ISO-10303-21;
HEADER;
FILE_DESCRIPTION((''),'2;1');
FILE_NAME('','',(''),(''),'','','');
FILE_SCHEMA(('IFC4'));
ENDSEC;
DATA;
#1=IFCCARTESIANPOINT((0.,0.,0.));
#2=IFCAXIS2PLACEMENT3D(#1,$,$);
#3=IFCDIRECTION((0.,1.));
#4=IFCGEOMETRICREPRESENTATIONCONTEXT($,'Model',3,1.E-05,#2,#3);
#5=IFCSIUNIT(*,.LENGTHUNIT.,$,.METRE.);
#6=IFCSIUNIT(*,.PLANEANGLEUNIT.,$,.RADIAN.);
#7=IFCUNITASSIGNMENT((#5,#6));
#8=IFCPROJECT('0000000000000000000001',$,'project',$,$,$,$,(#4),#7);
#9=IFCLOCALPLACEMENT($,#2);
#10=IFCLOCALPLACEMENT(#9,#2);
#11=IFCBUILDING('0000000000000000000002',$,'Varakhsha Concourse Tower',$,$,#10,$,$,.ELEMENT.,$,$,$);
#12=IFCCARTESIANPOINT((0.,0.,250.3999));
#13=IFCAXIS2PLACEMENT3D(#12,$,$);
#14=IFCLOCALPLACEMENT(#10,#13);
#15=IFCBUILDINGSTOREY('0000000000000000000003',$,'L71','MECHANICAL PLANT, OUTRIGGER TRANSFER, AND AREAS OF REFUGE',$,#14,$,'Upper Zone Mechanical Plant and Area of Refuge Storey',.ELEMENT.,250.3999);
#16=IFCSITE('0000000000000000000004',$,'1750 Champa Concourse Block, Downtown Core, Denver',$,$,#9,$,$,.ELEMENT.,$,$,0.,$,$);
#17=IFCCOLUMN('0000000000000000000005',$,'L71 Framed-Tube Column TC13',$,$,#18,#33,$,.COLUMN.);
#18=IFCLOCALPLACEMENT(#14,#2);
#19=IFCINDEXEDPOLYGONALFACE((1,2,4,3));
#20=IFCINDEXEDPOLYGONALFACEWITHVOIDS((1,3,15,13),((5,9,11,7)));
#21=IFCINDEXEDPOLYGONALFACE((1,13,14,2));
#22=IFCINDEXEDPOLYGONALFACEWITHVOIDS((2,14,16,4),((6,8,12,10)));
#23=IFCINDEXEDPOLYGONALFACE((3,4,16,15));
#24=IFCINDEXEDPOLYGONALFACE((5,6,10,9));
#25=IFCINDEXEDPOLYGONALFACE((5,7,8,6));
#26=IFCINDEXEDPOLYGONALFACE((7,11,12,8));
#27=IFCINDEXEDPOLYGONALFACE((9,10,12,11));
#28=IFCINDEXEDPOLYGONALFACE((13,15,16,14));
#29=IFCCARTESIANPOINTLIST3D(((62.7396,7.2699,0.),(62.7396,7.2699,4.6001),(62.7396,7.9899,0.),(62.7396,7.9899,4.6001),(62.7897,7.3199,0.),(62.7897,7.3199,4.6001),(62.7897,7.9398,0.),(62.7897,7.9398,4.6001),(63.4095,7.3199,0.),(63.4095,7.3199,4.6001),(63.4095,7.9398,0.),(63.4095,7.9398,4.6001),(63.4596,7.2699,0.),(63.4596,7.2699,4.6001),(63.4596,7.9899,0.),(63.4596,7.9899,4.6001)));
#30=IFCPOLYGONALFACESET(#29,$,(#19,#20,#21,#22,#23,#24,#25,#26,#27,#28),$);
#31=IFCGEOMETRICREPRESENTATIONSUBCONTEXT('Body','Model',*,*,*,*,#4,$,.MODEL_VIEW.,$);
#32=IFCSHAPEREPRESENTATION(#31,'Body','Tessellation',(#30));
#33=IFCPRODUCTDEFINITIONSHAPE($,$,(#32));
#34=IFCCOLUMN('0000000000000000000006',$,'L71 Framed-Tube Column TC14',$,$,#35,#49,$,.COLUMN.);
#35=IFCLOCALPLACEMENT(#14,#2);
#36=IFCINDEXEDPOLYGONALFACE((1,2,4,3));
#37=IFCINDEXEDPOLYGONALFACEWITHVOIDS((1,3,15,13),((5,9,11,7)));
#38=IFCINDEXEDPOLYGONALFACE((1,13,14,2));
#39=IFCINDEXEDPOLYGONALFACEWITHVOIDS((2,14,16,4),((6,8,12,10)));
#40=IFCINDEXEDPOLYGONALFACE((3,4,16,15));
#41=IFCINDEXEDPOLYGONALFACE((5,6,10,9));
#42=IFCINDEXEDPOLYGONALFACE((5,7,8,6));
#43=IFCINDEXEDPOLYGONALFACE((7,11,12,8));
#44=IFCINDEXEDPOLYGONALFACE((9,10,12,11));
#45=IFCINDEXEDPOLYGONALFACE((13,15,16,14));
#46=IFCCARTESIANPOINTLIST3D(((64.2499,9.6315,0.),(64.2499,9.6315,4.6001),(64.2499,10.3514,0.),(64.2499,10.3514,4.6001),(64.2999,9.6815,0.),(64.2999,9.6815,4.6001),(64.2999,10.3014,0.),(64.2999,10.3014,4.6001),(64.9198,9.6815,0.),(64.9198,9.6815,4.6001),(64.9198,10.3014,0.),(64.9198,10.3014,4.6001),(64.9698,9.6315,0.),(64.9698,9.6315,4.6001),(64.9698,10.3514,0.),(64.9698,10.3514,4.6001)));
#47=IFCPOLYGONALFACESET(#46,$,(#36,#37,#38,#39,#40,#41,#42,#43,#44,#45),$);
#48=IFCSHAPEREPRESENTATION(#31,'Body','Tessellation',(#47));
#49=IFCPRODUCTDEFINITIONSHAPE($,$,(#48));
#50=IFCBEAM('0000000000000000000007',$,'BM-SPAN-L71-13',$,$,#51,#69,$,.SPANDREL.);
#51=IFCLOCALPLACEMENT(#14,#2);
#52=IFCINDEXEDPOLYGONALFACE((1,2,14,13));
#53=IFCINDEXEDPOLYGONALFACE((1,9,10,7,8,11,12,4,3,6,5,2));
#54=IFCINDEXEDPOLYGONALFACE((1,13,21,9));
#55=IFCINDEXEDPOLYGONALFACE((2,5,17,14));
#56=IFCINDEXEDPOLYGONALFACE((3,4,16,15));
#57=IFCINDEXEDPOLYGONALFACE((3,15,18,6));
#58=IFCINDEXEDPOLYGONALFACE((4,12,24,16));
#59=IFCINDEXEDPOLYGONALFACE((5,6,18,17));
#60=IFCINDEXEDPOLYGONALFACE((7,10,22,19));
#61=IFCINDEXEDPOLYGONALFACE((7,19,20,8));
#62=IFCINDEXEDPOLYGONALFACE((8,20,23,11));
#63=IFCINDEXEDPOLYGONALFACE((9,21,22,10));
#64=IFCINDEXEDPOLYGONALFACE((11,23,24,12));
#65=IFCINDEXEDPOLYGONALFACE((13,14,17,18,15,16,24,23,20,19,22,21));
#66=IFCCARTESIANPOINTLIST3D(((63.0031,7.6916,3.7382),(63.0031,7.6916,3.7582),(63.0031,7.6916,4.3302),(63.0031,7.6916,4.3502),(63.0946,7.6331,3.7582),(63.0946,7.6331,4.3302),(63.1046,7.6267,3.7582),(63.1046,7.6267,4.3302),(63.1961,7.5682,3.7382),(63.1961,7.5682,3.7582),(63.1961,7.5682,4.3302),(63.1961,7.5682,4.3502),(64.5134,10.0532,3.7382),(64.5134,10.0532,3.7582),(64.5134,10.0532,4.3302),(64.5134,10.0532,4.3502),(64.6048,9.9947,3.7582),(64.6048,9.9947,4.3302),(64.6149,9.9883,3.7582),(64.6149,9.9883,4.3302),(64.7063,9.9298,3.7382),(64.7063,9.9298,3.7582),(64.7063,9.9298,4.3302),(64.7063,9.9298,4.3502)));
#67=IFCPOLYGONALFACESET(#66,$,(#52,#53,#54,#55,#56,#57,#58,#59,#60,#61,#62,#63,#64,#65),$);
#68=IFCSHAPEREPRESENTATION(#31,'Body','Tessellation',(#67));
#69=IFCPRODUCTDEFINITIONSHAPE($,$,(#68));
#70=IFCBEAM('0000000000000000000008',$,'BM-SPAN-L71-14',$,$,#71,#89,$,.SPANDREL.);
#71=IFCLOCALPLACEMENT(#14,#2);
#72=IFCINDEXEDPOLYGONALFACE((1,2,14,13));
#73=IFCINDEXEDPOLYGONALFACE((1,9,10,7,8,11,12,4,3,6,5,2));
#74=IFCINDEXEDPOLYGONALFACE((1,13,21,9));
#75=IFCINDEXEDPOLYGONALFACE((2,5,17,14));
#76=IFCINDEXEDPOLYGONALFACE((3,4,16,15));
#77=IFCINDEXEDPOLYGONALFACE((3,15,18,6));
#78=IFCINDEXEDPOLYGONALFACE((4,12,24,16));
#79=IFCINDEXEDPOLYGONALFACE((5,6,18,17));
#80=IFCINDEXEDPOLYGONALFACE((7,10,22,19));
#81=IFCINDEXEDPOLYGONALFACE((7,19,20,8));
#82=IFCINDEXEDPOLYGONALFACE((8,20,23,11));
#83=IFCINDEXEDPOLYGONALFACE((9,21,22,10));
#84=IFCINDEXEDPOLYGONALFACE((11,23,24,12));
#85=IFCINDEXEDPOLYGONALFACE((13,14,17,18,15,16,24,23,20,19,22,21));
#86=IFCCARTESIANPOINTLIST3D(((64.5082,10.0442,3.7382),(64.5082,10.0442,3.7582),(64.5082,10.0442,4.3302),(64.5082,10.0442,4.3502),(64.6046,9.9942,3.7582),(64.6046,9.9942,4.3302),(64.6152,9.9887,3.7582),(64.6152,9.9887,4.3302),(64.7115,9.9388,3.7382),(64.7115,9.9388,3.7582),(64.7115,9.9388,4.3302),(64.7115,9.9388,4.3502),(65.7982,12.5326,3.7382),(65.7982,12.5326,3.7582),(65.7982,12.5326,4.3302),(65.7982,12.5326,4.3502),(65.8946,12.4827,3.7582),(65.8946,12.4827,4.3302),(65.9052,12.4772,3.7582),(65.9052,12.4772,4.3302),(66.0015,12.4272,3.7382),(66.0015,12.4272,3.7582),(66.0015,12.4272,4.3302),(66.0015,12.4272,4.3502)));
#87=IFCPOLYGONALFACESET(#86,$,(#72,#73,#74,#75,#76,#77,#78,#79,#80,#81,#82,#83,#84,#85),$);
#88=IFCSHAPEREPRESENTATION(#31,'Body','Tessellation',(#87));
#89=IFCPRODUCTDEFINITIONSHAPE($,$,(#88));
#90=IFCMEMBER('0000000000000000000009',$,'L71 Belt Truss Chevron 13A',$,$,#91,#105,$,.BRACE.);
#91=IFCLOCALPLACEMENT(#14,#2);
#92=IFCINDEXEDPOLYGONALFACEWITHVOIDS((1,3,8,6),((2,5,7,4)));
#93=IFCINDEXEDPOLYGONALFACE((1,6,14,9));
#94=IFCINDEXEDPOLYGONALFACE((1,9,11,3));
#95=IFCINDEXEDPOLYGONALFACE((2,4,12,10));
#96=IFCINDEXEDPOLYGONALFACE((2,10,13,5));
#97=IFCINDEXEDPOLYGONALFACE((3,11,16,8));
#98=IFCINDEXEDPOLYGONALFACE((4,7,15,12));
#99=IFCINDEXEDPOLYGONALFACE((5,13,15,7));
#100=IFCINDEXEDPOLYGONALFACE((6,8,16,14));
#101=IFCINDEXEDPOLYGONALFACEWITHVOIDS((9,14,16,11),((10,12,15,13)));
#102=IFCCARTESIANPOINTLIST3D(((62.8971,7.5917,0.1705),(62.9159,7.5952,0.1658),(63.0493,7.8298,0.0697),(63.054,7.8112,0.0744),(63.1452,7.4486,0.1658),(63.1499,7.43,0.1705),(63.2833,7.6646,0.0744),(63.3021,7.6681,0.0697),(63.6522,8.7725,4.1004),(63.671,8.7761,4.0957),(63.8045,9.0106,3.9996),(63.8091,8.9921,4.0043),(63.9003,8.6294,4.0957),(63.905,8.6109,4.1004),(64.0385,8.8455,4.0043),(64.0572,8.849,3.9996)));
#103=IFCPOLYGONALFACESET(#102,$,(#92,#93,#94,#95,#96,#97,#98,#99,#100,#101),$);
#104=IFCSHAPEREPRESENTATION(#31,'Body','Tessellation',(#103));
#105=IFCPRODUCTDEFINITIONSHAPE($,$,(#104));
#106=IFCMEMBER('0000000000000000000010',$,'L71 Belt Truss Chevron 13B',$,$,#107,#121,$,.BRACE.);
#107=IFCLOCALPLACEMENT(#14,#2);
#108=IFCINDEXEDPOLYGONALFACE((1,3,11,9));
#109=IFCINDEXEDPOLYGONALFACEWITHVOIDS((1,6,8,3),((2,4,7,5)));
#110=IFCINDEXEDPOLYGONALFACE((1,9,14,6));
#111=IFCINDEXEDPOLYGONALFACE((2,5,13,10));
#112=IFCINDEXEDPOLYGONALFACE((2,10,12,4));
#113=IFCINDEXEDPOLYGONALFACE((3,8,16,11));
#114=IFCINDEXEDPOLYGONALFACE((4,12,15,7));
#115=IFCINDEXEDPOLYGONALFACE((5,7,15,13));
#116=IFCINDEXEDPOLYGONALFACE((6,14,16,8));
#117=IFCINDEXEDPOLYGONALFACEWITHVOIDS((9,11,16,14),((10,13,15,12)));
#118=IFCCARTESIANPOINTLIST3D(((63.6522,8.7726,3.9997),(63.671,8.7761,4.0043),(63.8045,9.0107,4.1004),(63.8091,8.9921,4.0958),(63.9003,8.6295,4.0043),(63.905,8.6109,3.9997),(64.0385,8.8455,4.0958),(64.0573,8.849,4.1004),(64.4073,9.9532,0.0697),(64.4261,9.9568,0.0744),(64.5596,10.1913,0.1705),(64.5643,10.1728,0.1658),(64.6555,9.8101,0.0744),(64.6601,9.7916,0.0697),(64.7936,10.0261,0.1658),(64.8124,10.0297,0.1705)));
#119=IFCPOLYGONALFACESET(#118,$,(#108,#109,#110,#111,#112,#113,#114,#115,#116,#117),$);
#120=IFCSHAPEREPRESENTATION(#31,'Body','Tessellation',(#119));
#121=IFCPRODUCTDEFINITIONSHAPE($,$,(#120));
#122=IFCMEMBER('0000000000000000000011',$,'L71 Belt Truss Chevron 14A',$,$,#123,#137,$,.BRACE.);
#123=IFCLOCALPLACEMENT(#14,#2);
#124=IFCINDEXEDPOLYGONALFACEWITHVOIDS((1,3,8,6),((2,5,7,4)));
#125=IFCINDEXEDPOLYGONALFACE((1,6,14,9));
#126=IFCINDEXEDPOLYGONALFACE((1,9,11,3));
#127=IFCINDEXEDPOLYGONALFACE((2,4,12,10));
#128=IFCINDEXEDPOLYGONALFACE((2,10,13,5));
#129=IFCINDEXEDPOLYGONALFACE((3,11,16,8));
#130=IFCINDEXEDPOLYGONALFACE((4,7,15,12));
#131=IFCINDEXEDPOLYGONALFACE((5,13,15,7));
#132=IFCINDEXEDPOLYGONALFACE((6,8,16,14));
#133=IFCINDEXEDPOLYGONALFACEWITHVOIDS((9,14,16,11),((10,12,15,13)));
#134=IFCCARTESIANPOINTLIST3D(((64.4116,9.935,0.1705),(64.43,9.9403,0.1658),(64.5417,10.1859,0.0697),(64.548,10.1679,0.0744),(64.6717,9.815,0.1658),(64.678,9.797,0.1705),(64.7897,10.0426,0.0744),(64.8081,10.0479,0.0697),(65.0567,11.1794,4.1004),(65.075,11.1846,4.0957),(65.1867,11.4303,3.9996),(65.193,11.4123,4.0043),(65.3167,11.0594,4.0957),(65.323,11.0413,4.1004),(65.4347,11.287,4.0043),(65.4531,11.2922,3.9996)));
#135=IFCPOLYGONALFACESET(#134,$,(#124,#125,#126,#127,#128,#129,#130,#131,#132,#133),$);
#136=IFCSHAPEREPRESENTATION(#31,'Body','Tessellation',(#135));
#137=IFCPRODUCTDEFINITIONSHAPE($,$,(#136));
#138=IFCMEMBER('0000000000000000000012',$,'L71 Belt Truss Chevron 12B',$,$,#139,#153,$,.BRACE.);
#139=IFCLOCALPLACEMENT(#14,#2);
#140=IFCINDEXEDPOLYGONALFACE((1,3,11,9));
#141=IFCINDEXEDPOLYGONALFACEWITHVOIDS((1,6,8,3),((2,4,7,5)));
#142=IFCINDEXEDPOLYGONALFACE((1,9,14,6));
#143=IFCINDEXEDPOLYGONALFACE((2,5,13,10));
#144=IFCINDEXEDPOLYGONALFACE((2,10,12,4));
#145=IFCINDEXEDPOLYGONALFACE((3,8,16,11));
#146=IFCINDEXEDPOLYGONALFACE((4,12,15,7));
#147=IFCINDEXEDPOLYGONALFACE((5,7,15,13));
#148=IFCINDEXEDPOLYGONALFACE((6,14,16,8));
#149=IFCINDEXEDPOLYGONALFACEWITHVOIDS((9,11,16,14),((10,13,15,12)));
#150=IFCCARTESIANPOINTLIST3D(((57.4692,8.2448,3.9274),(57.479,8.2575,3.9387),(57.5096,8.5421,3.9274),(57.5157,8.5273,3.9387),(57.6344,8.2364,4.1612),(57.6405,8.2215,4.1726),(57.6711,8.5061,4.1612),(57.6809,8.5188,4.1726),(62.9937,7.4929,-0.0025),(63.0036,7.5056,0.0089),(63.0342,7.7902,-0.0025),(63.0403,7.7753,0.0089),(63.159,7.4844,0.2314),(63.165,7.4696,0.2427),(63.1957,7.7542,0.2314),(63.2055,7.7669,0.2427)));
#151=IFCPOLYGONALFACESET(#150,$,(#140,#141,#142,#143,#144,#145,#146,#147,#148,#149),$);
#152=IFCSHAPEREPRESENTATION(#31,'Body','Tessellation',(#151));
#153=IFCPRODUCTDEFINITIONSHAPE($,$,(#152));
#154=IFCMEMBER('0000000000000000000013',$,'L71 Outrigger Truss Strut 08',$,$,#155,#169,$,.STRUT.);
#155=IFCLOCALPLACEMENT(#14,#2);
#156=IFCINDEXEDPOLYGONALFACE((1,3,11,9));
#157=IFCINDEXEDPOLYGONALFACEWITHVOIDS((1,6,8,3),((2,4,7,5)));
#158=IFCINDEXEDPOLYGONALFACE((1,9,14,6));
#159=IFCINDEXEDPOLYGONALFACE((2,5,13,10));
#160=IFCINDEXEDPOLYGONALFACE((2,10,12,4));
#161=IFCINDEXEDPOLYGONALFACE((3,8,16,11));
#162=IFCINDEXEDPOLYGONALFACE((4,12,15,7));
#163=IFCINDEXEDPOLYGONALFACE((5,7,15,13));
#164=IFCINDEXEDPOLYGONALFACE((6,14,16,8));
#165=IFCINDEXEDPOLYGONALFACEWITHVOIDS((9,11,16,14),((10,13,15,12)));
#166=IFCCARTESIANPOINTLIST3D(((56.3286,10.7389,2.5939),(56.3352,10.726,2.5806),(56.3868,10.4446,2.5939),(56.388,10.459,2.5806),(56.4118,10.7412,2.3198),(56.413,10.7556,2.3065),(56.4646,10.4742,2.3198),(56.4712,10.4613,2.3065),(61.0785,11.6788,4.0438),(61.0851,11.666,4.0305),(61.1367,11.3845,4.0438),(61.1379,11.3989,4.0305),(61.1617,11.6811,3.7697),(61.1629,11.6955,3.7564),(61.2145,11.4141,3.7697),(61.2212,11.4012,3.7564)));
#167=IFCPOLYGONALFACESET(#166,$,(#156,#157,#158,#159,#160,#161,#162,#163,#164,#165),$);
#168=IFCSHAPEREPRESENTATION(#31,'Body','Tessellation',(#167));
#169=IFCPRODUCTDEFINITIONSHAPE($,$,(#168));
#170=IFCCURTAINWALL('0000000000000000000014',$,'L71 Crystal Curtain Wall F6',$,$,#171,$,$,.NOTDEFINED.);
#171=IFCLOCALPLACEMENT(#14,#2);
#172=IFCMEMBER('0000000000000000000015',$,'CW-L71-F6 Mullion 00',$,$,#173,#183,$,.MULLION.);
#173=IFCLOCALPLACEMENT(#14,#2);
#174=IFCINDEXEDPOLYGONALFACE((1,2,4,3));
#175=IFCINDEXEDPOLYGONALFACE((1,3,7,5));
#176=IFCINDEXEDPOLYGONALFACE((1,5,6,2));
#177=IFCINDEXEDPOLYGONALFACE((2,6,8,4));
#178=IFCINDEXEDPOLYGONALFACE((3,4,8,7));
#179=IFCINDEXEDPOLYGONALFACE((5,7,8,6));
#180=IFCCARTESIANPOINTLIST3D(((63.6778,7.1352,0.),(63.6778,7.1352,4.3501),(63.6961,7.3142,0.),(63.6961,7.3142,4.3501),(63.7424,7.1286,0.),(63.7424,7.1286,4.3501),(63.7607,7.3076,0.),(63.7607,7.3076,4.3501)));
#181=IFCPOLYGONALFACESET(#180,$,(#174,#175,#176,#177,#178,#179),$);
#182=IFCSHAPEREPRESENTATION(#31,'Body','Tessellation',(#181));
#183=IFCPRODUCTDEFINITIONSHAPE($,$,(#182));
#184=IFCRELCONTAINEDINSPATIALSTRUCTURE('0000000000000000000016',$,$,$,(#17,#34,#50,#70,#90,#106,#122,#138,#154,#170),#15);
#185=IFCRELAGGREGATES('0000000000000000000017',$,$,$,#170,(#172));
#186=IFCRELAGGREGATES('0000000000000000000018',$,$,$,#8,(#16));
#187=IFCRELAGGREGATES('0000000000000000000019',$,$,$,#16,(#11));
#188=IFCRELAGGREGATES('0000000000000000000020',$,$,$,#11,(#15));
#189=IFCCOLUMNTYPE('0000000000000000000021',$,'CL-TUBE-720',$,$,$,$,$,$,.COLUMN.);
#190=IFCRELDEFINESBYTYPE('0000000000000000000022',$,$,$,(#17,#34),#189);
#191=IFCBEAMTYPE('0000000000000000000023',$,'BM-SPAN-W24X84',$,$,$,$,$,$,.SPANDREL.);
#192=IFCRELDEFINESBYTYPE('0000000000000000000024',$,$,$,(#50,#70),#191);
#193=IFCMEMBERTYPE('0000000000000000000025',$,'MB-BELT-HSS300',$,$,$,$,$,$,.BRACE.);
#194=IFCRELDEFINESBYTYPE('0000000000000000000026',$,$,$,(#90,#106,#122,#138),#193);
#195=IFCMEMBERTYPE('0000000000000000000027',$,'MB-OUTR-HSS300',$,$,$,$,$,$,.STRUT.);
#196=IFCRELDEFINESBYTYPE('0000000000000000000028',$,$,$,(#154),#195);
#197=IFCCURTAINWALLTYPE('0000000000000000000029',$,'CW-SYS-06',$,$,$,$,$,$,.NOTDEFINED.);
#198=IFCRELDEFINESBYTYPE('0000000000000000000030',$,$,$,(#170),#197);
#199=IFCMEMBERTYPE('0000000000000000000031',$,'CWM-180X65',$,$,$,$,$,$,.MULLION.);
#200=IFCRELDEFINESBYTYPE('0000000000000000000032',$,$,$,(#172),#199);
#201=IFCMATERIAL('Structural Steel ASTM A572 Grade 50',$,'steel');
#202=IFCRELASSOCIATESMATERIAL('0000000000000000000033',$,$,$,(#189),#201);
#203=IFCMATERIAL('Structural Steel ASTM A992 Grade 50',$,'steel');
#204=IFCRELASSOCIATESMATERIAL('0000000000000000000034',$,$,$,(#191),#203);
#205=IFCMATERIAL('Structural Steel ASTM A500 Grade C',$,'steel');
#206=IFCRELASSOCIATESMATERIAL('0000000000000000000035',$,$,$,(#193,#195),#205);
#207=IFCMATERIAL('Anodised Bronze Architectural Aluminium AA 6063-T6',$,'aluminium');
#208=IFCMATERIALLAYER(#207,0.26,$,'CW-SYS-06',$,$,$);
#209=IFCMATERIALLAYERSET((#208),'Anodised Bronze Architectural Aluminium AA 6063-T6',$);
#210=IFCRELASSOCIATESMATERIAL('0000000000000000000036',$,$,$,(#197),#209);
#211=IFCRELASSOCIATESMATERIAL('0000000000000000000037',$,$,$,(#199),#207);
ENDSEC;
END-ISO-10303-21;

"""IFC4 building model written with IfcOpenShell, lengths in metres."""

from ifc_helpers import new_model, si_unit, direction, frame, origin, origin_2d, place, context, subcontext, project, spatial, rectangle, hollow_rectangle, i_section, extrude, source, transform, mapped, material, layer, layer_set, material_profile, profile_set, type_object, type_shapes, element, aggregate, save


model = new_model("IFC4")

# Units and contexts
model_context = context("Model", 3, precision=1e-05, world=origin(), true_north=direction((0.0, 1.0)))
body_context = subcontext(model_context, "Body", "Model", "MODEL_VIEW")
ifc_project = project(units=[si_unit("LENGTHUNIT", "METRE"), si_unit("PLANEANGLEUNIT", "RADIAN")], contexts=[model_context])

# Site, building, storey
site_placement = place(None, origin())
site = spatial("IfcSite", under=ifc_project, at=site_placement, Name="1750 Champa Concourse Block, Downtown Core, Denver", CompositionType="ELEMENT", RefElevation=0.0)
building_placement = place(site_placement, origin())
building = spatial("IfcBuilding", under=site, at=building_placement, Name="Varakhsha Concourse Tower", CompositionType="ELEMENT")
storey_placement = place(building_placement, frame((0.0, 0.0, 250.3999)))
storey = spatial("IfcBuildingStorey", under=building, at=storey_placement, Name="L71", Description="MECHANICAL PLANT, OUTRIGGER TRANSFER, AND AREAS OF REFUGE", LongName="Upper Zone Mechanical Plant and Area of Refuge Storey", CompositionType="ELEMENT", Elevation=250.3999)

# Columns
ifc_material_1 = material(Name="Structural Steel ASTM A572 Grade 50", Category="steel")
ifc_material_profile_1 = material_profile(ifc_material_1, hollow_rectangle(XDim=0.72, YDim=0.72, WallThickness=0.05, at=origin_2d()), Name="BOX 720x720x50")
ifc_profile_set_1 = profile_set([ifc_material_profile_1], Name="Structural Steel ASTM A572 Grade 50")
column_type = type_object("IfcColumnType", Name="CL-TUBE-720", PredefinedType="COLUMN", material=ifc_profile_set_1)
for number, where, z_axis, x_axis, name in (
    (1, (63.0996, 7.6299, 0.0), (0.0, 0.0, 1.0), (1.0, 0.0, 0.0), "L71 Framed-Tube Column TC13"),
    (2, (64.6099, 9.9915, 0.0), (0.0, 0.0, 1.0), (1.0, 0.0, 0.0), "L71 Framed-Tube Column TC14"),
):
    element("IfcColumn", number, at=place(storey_placement, frame(where, z_axis=z_axis, x_axis=x_axis)), inside=storey, type_object=column_type, Name=name, PredefinedType="COLUMN", context=body_context, shape_type="SweptSolid", body=[
        extrude(hollow_rectangle(XDim=0.72, YDim=0.72, WallThickness=0.05, at=origin_2d()), origin(), (0.0, 0.0, 1.0), 4.6001),
    ])

# Beams
ifc_material_2 = material(Name="Structural Steel ASTM A992 Grade 50", Category="steel")
ifc_material_profile_2 = material_profile(ifc_material_2, i_section(OverallWidth=0.229, OverallDepth=0.6121, WebThickness=0.012, FlangeThickness=0.02, at=origin_2d()), Name="W24X84")
ifc_profile_set_2 = profile_set([ifc_material_profile_2], Name="Structural Steel ASTM A992 Grade 50")
beam_type = type_object("IfcBeamType", Name="BM-SPAN-W24X84", PredefinedType="SPANDREL", material=ifc_profile_set_2)
beam_1_placement = place(storey_placement, frame((63.0996, 7.6299, 4.0442), z_axis=(0.538762, 0.842458, 0.0), x_axis=(-0.842458, 0.538762, 0.0)))
element("IfcBeam", 3, at=beam_1_placement, inside=storey, type_object=beam_type, Name="BM-SPAN-L71-13", PredefinedType="SPANDREL", context=body_context, shape_type="SweptSolid", body=[
    extrude(i_section(OverallWidth=0.229, OverallDepth=0.6121, WebThickness=0.012, FlangeThickness=0.02, at=origin_2d()), origin(), (0.0, 0.0, 1.0), 2.8032),
])
beam_2_placement = place(storey_placement, frame((64.6099, 9.9915, 4.0442), z_axis=(0.460231, 0.887799, 0.0), x_axis=(-0.887799, 0.460231, 0.0)))
element("IfcBeam", 4, at=beam_2_placement, inside=storey, type_object=beam_type, Name="BM-SPAN-L71-14", PredefinedType="SPANDREL", context=body_context, shape_type="SweptSolid", body=[
    extrude(i_section(OverallWidth=0.229, OverallDepth=0.6121, WebThickness=0.012, FlangeThickness=0.02, at=origin_2d()), origin(), (0.0, 0.0, 1.0), 2.803),
])

# Members
ifc_material_3 = material(Name="Structural Steel ASTM A500 Grade C", Category="steel")
ifc_material_profile_3 = material_profile(ifc_material_3, hollow_rectangle(XDim=0.3, YDim=0.3, WallThickness=0.0139, at=origin_2d()), Name="HSS 300x300x14")
ifc_profile_set_3 = profile_set([ifc_material_profile_3], Name="Structural Steel ASTM A500 Grade C")
member_type_1 = type_object("IfcMemberType", Name="MB-BELT-HSS300", PredefinedType="BRACE", material=ifc_profile_set_3)
shared_shape_1 = source(origin(), body_context, "Body", "SweptSolid", [
    extrude(hollow_rectangle(XDim=0.3, YDim=0.3, WallThickness=0.0139, at=origin_2d()), origin(), (0.0, 0.0, 1.0), 4.1724),
])
for number, where, z_axis, x_axis, name in (
    (5, (63.0996, 7.6299, 0.1201), (0.18098, 0.283027, 0.941882), (-0.842483, 0.538723, 0.0), "L71 Belt Truss Chevron 13A"),
    (6, (64.6099, 9.9915, 0.1201), (-0.180983, -0.282973, 0.941898), (0.842433, -0.538802, 0.0), "L71 Belt Truss Chevron 13B"),
    (7, (64.6099, 9.9915, 0.1201), (0.154592, 0.298242, 0.941888), (-0.887818, 0.460195, 0.0), "L71 Belt Truss Chevron 14A"),
):
    element("IfcMember", number, at=place(storey_placement, frame(where, z_axis=z_axis, x_axis=x_axis)), inside=storey, type_object=member_type_1, Name=name, PredefinedType="BRACE", context=body_context, shape_type="MappedRepresentation", body=[
        mapped(shared_shape_1, transform((0.0, 0.0, 0.0), scale=1.0)),
    ])
shared_shape_2 = source(origin(), body_context, "Body", "SweptSolid", [
    extrude(hollow_rectangle(XDim=0.3, YDim=0.3, WallThickness=0.0139, at=origin_2d()), origin(), (0.0, 0.0, 1.0), 6.8213),
])
type_shapes(member_type_1, [shared_shape_1, shared_shape_2])
member_1_placement = place(storey_placement, frame((63.0996, 7.6299, 0.1201), z_axis=(-0.8099, 0.110234, 0.576117), x_axis=(-0.134865, -0.990864, 0.0)))
element("IfcMember", 8, at=member_1_placement, inside=storey, type_object=member_type_1, Name="L71 Belt Truss Chevron 12B", PredefinedType="BRACE", context=body_context, shape_type="MappedRepresentation", body=[
    mapped(shared_shape_2, transform((0.0, 0.0, 0.0), scale=1.0)),
])
ifc_material_profile_4 = material_profile(ifc_material_3, hollow_rectangle(XDim=0.3, YDim=0.3, WallThickness=0.0139, at=origin_2d()), Name="HSS 300x300x14")
ifc_profile_set_4 = profile_set([ifc_material_profile_4], Name="Structural Steel ASTM A500 Grade C")
member_type_2 = type_object("IfcMemberType", Name="MB-OUTR-HSS300", PredefinedType="STRUT", material=ifc_profile_set_4)
shared_shape_3 = source(origin(), body_context, "Body", "SweptSolid", [
    extrude(hollow_rectangle(XDim=0.3, YDim=0.3, WallThickness=0.0139, at=origin_2d()), origin(), (0.0, 0.0, 1.0), 5.0544),
])
type_shapes(member_type_2, [shared_shape_3])
member_2_placement = place(storey_placement, frame((56.3999, 10.6001, 2.4502), z_axis=(0.93975, 0.18596, 0.286861), x_axis=(-0.194118, 0.980978, 0.0)))
element("IfcMember", 9, at=member_2_placement, inside=storey, type_object=member_type_2, Name="L71 Outrigger Truss Strut 08", PredefinedType="STRUT", context=body_context, shape_type="MappedRepresentation", body=[
    mapped(shared_shape_3, transform((0.0, 0.0, 0.0), scale=1.0)),
])

# Curtain wall, member
ifc_material_4 = material(Name="Anodised Bronze Architectural Aluminium AA 6063-T6", Category="aluminium")
ifc_layer_1 = layer(ifc_material_4, 0.26, Name="CW-SYS-06")
ifc_layer_set_1 = layer_set([ifc_layer_1], Name="Anodised Bronze Architectural Aluminium AA 6063-T6")
curtain_wall_type = type_object("IfcCurtainWallType", Name="CW-SYS-06", PredefinedType="NOTDEFINED", material=ifc_layer_set_1)
curtain_wall_1_placement = place(storey_placement, origin())
curtain_wall_1 = element("IfcCurtainWall", 10, at=curtain_wall_1_placement, inside=storey, type_object=curtain_wall_type, Name="L71 Crystal Curtain Wall F6", PredefinedType="NOTDEFINED")
ifc_material_profile_5 = material_profile(ifc_material_4, rectangle(XDim=0.0649, YDim=0.1799, at=origin_2d()), Name="CWM-180X65")
ifc_profile_set_5 = profile_set([ifc_material_profile_5], Name="Anodised Bronze Architectural Aluminium AA 6063-T6")
member_type_3 = type_object("IfcMemberType", Name="CWM-180X65", PredefinedType="MULLION", material=ifc_profile_set_5)
shared_shape_4 = source(origin(), body_context, "Body", "SweptSolid", [
    extrude(rectangle(XDim=0.0649, YDim=0.1799, at=origin_2d()), origin(), (0.0, 0.0, 1.0), 4.3501),
])
type_shapes(member_type_3, [shared_shape_4])
member_3_placement = place(storey_placement, frame((63.7192, 7.2214, 0.0), z_axis=(0.0, 0.0, 1.0), x_axis=(-0.994852, 0.101336, 0.0)))
member_3 = element("IfcMember", 11, at=member_3_placement, type_object=member_type_3, Name="CW-L71-F6 Mullion 00", PredefinedType="MULLION", context=body_context, shape_type="MappedRepresentation", body=[
    mapped(shared_shape_4, transform((0.0, 0.0, 0.0), scale=1.0)),
])

aggregate(curtain_wall_1, [member_3])

save(model, "model.ifc")
